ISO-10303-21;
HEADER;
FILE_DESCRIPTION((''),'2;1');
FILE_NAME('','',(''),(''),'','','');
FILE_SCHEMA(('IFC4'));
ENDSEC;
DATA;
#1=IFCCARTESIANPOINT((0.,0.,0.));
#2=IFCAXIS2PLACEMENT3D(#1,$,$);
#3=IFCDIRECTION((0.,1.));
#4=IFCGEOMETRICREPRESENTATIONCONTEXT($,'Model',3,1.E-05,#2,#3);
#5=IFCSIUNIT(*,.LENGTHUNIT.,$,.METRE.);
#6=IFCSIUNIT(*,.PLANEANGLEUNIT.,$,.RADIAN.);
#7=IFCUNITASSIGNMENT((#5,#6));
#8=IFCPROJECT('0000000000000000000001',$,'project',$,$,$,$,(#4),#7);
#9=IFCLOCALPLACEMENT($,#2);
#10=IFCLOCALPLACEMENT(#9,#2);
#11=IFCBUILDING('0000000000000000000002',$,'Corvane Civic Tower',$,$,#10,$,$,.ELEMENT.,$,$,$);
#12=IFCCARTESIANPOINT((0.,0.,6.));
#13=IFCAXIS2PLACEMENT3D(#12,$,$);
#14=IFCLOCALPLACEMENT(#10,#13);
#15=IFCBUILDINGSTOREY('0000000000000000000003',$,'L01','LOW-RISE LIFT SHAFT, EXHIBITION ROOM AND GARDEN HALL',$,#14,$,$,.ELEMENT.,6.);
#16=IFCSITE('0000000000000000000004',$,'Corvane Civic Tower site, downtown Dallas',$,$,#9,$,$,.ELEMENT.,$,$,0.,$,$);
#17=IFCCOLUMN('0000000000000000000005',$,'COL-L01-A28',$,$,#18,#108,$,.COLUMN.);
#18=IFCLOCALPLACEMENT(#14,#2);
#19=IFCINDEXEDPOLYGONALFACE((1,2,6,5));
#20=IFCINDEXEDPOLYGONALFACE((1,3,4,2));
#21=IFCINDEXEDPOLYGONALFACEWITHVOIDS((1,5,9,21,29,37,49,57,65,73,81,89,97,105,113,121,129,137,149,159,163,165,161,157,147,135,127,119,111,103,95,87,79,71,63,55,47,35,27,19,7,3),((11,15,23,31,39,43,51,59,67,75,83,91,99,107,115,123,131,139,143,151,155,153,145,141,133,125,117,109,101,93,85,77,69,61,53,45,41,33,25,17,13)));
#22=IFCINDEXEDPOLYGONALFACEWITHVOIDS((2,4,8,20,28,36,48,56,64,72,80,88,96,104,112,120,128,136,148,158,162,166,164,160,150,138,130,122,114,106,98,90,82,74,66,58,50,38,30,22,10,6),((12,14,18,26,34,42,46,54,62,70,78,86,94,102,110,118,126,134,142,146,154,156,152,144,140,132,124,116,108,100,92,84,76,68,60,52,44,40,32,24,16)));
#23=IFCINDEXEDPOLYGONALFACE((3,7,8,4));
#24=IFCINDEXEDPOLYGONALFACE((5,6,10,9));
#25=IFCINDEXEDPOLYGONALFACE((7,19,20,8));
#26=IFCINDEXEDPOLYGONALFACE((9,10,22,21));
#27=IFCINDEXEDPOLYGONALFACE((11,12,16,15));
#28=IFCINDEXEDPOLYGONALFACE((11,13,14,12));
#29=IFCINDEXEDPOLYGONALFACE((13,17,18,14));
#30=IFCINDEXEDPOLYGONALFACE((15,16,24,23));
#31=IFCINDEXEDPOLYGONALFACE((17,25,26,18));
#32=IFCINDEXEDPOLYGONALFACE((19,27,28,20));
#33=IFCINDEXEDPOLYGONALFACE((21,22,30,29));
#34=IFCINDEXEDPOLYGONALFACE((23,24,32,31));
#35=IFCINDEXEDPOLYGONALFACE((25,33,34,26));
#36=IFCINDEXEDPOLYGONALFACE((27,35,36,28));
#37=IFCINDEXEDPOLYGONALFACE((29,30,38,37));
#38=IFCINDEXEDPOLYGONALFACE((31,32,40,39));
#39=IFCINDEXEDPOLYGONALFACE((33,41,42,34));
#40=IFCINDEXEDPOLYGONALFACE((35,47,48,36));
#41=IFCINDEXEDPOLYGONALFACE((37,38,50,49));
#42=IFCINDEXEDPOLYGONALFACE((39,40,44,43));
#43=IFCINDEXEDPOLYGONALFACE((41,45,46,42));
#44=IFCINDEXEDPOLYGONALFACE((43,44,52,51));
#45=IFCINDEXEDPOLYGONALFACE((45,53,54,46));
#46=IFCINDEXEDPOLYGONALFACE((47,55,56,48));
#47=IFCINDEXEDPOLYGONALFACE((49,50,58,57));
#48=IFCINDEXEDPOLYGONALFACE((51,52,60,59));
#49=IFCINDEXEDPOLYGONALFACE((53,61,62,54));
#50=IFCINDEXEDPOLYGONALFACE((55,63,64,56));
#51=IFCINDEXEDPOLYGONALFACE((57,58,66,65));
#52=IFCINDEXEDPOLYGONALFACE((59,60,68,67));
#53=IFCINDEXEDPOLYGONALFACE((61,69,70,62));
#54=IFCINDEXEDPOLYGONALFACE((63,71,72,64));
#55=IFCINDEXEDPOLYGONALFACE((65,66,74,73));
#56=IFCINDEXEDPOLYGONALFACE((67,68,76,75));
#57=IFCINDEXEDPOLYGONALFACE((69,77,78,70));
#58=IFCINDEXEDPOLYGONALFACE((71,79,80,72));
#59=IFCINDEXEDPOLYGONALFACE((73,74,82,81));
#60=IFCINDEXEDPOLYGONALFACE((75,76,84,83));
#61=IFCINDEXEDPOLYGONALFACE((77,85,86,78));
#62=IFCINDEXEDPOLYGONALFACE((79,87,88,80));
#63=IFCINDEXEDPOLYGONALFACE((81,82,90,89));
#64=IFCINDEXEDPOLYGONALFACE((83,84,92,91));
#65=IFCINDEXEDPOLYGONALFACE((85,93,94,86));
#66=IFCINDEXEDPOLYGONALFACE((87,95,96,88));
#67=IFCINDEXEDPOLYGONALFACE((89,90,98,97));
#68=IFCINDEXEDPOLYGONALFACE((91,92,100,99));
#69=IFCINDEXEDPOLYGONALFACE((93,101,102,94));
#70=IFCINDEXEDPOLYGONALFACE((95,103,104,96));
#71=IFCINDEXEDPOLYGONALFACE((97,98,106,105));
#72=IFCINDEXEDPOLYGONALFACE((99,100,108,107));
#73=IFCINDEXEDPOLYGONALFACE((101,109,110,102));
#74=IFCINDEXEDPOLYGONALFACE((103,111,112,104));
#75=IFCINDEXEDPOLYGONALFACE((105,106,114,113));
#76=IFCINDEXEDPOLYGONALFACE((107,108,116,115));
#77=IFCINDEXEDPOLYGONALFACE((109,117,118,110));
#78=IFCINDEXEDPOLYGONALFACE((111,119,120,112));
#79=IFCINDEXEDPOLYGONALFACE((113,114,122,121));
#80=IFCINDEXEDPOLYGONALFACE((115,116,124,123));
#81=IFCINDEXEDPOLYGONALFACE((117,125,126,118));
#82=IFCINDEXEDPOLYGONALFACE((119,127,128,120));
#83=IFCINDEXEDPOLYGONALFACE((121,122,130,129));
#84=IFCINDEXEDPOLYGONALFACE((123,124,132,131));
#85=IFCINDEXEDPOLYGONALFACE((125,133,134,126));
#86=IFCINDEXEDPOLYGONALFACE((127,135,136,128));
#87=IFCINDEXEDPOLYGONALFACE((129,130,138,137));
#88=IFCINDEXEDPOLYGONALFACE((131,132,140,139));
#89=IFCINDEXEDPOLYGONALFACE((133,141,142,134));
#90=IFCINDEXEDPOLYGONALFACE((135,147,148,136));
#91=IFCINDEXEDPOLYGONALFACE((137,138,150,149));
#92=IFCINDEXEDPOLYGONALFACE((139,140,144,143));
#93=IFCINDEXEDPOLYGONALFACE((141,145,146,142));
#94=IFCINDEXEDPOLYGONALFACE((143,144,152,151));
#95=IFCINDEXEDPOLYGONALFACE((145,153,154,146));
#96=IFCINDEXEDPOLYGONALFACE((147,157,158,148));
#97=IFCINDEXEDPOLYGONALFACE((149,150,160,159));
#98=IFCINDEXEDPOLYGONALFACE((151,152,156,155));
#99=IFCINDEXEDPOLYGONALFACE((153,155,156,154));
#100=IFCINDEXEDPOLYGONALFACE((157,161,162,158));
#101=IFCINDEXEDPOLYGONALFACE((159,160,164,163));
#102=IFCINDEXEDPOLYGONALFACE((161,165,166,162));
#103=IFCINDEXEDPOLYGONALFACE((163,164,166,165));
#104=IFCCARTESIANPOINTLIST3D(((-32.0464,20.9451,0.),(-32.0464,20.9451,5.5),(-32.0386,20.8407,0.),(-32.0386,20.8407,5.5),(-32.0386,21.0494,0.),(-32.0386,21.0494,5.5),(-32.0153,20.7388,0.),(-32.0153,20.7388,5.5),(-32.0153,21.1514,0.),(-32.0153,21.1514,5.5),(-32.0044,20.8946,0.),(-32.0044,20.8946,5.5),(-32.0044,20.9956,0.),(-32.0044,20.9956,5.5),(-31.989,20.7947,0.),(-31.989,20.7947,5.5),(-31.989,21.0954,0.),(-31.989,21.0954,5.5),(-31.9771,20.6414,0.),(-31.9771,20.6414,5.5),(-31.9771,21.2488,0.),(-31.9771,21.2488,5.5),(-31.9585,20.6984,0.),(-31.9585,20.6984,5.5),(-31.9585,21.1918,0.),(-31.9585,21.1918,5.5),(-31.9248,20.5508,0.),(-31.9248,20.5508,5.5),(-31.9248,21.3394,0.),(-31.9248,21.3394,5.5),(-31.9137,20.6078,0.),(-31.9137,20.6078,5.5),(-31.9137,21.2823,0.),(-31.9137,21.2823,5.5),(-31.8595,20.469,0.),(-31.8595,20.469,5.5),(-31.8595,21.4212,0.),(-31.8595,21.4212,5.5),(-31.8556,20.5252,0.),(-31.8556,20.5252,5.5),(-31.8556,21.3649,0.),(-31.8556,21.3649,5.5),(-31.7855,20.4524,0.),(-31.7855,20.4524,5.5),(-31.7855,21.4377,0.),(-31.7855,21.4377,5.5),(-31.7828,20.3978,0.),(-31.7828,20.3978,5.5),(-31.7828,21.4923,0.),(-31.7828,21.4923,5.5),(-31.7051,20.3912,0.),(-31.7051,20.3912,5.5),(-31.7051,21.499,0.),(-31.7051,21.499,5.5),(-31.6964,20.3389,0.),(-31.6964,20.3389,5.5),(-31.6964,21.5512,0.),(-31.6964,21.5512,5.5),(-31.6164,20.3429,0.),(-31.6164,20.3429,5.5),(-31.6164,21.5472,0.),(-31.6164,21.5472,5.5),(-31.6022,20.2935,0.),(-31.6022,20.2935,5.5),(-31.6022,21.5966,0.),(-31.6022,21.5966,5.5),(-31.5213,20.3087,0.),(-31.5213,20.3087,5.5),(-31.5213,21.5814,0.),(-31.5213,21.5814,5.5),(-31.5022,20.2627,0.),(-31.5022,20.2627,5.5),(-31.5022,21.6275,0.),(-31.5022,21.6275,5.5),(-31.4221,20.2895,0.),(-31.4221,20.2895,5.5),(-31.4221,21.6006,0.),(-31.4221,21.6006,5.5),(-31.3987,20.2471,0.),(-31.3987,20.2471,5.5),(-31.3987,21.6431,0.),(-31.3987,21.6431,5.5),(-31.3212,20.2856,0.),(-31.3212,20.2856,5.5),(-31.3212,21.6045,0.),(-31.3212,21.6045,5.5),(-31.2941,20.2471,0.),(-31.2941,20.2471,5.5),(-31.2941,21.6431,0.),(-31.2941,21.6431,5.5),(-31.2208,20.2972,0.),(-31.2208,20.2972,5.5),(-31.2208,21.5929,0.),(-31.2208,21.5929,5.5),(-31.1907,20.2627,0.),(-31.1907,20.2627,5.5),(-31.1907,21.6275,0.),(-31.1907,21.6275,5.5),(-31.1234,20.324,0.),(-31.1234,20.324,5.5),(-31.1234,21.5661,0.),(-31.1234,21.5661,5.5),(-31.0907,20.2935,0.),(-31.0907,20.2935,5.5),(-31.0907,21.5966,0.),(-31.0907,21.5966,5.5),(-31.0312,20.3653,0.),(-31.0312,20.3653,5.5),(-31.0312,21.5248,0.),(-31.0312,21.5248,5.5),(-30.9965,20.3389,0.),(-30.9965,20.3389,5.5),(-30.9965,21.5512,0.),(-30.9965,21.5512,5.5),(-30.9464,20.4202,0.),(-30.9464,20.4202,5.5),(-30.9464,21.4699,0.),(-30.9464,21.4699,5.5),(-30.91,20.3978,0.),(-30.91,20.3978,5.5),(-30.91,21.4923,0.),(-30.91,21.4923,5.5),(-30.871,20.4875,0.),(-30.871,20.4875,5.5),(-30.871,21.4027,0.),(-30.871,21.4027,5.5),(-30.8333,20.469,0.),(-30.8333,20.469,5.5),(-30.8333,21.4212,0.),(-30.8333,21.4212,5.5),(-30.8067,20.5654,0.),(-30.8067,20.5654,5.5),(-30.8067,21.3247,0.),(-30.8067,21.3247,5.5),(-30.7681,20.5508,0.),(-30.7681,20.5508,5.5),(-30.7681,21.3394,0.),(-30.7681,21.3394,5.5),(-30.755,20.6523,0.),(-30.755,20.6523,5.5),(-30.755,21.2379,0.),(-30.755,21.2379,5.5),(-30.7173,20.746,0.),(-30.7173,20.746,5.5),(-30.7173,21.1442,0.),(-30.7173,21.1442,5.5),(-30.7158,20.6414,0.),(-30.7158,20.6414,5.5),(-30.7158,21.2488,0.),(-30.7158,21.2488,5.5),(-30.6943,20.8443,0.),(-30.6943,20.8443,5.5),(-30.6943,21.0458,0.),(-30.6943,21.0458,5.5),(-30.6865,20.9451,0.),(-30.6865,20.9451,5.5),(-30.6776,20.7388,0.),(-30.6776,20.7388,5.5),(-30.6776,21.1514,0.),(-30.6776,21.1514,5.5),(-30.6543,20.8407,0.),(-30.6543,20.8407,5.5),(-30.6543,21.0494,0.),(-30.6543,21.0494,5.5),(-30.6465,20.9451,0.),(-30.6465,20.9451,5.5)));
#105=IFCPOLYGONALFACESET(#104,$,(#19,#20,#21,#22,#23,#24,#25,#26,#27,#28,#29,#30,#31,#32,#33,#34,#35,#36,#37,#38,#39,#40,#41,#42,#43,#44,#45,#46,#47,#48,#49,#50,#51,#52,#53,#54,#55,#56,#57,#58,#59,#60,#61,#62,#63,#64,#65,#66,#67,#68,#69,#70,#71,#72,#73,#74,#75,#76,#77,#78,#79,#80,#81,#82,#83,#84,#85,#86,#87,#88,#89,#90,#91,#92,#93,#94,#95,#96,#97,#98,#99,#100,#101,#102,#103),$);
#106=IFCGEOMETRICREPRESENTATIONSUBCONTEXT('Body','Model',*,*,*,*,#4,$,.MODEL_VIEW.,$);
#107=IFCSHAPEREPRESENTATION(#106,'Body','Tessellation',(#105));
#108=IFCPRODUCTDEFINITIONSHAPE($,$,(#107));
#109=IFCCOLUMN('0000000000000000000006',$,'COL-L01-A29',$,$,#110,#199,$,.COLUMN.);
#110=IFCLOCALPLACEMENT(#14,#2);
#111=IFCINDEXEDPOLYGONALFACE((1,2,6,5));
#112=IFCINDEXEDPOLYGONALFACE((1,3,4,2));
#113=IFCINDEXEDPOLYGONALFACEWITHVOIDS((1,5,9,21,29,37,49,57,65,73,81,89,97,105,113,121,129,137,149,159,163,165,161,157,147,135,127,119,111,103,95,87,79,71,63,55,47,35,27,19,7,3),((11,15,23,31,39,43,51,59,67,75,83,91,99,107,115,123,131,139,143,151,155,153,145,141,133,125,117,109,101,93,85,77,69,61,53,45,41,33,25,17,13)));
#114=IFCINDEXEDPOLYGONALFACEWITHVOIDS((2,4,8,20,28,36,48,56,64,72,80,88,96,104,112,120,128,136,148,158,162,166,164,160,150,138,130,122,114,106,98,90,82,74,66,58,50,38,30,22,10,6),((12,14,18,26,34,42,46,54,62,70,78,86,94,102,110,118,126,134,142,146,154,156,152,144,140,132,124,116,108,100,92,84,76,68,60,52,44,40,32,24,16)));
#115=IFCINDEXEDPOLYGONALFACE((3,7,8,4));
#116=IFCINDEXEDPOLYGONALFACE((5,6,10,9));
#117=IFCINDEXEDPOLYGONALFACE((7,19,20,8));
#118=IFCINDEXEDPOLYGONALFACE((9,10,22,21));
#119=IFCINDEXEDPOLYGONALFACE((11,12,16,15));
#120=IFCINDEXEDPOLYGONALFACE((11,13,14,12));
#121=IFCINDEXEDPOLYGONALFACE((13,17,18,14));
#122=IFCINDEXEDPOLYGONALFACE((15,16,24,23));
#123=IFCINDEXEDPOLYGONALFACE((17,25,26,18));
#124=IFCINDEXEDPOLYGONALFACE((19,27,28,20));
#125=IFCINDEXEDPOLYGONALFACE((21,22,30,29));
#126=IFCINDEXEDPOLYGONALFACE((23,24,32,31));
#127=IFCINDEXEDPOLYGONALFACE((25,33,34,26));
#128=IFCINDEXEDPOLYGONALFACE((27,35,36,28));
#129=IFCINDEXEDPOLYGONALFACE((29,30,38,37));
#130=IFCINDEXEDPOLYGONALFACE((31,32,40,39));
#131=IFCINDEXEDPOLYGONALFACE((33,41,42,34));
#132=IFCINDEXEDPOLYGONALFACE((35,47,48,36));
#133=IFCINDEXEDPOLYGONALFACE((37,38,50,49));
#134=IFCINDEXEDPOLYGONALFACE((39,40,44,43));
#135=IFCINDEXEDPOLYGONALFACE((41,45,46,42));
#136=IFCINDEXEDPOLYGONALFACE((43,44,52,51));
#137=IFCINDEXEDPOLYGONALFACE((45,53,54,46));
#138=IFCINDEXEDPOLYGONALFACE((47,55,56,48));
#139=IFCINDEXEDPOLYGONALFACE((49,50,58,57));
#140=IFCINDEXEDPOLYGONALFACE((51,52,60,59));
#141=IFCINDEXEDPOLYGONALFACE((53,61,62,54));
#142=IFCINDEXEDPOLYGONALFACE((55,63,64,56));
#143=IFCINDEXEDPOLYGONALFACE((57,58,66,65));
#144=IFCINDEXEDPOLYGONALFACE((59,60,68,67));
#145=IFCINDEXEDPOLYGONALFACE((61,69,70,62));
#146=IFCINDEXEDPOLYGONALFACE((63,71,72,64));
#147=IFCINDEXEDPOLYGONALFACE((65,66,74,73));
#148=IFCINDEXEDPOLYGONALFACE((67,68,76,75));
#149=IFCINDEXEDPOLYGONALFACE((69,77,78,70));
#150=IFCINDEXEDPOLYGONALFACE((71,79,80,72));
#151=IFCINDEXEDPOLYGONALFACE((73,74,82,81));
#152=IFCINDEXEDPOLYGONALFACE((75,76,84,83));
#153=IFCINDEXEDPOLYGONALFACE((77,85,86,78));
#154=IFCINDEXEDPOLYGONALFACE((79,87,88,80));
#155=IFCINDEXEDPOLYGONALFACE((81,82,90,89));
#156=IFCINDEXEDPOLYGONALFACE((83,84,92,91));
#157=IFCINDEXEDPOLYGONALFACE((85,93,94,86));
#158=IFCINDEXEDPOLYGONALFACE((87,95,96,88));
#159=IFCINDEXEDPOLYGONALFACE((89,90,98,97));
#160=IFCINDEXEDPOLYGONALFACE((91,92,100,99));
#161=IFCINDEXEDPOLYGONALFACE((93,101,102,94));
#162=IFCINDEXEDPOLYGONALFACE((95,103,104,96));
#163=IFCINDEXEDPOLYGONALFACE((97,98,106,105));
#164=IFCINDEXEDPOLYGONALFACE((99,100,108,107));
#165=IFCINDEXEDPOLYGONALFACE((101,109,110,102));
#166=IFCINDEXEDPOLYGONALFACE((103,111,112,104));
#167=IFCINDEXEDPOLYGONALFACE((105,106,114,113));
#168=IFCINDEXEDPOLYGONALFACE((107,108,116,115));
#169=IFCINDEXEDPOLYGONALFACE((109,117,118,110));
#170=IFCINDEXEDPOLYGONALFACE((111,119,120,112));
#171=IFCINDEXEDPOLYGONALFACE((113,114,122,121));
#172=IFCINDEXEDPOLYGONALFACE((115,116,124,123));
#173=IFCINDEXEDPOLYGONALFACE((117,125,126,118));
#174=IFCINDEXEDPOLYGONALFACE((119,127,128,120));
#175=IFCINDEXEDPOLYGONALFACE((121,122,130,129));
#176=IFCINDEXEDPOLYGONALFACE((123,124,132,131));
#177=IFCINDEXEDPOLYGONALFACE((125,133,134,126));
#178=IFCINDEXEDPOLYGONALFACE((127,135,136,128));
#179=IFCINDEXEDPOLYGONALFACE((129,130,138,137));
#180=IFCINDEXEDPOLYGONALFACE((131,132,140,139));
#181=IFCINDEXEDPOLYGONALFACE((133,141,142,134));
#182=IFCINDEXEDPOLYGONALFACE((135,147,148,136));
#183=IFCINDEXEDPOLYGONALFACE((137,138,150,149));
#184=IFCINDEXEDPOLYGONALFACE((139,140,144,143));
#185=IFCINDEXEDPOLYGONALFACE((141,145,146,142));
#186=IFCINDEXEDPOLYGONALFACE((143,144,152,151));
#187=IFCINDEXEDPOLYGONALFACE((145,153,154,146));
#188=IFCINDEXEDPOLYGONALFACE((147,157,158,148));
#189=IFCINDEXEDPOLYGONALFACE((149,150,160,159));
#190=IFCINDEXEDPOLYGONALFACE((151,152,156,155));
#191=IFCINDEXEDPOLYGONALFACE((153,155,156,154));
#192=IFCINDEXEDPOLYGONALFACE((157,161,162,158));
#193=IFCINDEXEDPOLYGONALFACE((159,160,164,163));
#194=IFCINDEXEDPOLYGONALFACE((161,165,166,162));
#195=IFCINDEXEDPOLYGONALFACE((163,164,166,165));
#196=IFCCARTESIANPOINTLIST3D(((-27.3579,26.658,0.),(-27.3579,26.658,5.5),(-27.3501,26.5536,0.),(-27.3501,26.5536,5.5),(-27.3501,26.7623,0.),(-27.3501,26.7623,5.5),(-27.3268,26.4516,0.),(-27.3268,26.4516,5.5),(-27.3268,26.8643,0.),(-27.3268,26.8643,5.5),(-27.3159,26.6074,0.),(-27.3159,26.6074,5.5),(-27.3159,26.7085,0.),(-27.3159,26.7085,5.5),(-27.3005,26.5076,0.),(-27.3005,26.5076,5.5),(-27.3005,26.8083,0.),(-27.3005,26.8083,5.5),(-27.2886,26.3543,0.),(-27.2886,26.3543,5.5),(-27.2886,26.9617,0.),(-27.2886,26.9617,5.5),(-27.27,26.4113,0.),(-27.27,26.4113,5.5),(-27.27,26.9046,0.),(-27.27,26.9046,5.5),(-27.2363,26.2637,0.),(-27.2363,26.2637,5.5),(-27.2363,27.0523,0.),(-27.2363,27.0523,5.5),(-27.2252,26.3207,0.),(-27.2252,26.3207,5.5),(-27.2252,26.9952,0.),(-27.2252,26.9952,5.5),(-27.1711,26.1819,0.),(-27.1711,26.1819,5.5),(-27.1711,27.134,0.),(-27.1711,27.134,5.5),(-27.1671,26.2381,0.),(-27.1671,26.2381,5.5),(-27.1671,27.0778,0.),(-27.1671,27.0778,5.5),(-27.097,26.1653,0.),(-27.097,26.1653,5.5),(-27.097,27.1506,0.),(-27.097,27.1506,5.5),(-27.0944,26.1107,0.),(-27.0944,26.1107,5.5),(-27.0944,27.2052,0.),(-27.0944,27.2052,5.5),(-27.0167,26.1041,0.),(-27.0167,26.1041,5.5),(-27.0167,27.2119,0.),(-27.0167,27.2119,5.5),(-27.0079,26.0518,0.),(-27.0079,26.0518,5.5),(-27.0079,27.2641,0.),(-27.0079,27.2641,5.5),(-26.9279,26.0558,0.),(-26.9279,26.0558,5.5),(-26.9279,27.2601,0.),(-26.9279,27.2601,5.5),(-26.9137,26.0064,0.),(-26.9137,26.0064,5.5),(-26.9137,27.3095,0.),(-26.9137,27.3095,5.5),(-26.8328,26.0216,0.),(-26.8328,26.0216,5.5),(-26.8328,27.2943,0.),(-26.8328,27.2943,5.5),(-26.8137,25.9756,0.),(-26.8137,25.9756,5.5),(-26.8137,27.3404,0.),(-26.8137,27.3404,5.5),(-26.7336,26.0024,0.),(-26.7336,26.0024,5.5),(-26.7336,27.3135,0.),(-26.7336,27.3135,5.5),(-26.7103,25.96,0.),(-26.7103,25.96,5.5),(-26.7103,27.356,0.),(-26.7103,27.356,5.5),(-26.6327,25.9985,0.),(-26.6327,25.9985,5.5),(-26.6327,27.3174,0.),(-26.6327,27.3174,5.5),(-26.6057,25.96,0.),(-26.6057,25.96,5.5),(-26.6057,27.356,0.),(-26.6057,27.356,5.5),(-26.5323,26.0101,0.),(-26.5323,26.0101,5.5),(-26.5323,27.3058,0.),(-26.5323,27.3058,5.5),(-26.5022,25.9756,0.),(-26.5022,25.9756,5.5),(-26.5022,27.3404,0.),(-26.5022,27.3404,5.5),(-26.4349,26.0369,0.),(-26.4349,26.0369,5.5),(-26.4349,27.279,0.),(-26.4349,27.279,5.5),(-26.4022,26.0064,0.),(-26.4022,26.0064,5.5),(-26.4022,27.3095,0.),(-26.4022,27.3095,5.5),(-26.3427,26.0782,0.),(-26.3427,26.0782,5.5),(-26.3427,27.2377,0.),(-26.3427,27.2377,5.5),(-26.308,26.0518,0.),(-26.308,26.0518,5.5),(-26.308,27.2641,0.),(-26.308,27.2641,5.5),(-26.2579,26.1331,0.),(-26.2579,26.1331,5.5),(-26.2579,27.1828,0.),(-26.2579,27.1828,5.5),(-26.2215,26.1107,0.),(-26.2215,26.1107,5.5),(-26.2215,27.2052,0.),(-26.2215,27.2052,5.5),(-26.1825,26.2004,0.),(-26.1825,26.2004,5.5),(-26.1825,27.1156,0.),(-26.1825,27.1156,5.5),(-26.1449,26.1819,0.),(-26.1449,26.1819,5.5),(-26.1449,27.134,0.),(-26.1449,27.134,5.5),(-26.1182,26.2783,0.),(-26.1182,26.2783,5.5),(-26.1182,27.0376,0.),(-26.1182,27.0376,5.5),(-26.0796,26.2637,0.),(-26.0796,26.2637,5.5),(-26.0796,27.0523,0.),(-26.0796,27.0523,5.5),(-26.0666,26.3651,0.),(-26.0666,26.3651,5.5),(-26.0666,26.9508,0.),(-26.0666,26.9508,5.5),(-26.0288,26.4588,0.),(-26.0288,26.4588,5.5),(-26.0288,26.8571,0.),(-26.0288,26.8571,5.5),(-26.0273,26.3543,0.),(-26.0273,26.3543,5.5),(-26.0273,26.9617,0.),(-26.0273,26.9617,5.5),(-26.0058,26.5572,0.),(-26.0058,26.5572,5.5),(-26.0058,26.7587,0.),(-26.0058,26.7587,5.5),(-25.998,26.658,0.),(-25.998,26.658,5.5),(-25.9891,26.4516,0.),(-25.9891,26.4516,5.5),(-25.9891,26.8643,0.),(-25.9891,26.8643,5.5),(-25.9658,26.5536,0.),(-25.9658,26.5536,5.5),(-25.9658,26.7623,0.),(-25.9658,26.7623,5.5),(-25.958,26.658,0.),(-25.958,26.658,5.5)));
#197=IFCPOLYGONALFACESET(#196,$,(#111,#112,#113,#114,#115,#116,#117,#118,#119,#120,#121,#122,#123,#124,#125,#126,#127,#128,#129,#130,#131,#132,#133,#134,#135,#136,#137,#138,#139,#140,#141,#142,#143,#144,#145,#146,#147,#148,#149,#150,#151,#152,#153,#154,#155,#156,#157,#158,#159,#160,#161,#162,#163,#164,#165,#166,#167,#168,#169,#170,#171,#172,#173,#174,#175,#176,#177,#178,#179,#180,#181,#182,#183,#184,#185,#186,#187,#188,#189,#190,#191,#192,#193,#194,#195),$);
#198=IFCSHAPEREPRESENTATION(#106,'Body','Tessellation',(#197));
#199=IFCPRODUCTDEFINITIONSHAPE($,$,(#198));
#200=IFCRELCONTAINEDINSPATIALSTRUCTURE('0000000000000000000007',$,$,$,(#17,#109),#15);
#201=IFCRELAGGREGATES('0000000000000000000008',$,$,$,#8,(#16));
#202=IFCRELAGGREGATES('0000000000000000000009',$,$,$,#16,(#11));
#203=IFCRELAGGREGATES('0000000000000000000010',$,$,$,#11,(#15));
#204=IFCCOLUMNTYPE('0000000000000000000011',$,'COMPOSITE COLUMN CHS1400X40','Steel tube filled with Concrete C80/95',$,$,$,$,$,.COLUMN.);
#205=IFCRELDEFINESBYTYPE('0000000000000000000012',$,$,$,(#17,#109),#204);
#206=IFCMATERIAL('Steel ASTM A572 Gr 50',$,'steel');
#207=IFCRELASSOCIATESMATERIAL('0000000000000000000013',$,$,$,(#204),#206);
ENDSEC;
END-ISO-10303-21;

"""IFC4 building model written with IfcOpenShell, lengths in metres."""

from ifc_helpers import new_model, si_unit, direction, frame, origin, origin_2d, place, context, subcontext, project, spatial, hollow_circle, extrude, material, material_profile, profile_set, type_object, element, save


model = new_model("IFC4")

# Units and contexts
model_context = context("Model", 3, precision=1e-05, world=origin(), true_north=direction((0.0, 1.0)))
body_context = subcontext(model_context, "Body", "Model", "MODEL_VIEW")
ifc_project = project(units=[si_unit("LENGTHUNIT", "METRE"), si_unit("PLANEANGLEUNIT", "RADIAN")], contexts=[model_context])

# Site, building, storey
site_placement = place(None, origin())
site = spatial("IfcSite", under=ifc_project, at=site_placement, Name="Corvane Civic Tower site, downtown Dallas", CompositionType="ELEMENT", RefElevation=0.0)
building_placement = place(site_placement, origin())
building = spatial("IfcBuilding", under=site, at=building_placement, Name="Corvane Civic Tower", CompositionType="ELEMENT")
storey_placement = place(building_placement, frame((0.0, 0.0, 6.0)))
storey = spatial("IfcBuildingStorey", under=building, at=storey_placement, Name="L01", Description="LOW-RISE LIFT SHAFT, EXHIBITION ROOM AND GARDEN HALL", CompositionType="ELEMENT", Elevation=6.0)

# Columns
ifc_material_1 = material(Name="Steel ASTM A572 Gr 50", Category="steel")
ifc_material_profile_1 = material_profile(ifc_material_1, hollow_circle(Radius=0.7, WallThickness=0.04, at=origin_2d()), Name="CHS1400X40")
ifc_profile_set_1 = profile_set([ifc_material_profile_1], Name="Steel ASTM A572 Gr 50")
column_type_1 = type_object("IfcColumnType", Name="COMPOSITE COLUMN CHS1400X40", Description="Steel tube filled with Concrete C80/95", PredefinedType="COLUMN", material=ifc_profile_set_1)
for number, where, z_axis, x_axis, name in (
    (1, (-31.3464, 20.9451, 0.0), (0.0, 0.0, 1.0), (1.0, 0.0, 0.0), "COL-L01-A28"),
    (2, (-26.658, 26.658, 0.0), (0.0, 0.0, 1.0), (1.0, 0.0, 0.0), "COL-L01-A29"),
):
    element("IfcColumn", number, at=place(storey_placement, frame(where, z_axis=z_axis, x_axis=x_axis)), inside=storey, type_object=column_type_1, Name=name, PredefinedType="COLUMN", context=body_context, shape_type="SweptSolid", body=[
        extrude(hollow_circle(Radius=0.7, WallThickness=0.04, at=origin_2d()), origin(), (0.0, 0.0, 1.0), 5.5),
    ])

save(model, "model.ifc")
